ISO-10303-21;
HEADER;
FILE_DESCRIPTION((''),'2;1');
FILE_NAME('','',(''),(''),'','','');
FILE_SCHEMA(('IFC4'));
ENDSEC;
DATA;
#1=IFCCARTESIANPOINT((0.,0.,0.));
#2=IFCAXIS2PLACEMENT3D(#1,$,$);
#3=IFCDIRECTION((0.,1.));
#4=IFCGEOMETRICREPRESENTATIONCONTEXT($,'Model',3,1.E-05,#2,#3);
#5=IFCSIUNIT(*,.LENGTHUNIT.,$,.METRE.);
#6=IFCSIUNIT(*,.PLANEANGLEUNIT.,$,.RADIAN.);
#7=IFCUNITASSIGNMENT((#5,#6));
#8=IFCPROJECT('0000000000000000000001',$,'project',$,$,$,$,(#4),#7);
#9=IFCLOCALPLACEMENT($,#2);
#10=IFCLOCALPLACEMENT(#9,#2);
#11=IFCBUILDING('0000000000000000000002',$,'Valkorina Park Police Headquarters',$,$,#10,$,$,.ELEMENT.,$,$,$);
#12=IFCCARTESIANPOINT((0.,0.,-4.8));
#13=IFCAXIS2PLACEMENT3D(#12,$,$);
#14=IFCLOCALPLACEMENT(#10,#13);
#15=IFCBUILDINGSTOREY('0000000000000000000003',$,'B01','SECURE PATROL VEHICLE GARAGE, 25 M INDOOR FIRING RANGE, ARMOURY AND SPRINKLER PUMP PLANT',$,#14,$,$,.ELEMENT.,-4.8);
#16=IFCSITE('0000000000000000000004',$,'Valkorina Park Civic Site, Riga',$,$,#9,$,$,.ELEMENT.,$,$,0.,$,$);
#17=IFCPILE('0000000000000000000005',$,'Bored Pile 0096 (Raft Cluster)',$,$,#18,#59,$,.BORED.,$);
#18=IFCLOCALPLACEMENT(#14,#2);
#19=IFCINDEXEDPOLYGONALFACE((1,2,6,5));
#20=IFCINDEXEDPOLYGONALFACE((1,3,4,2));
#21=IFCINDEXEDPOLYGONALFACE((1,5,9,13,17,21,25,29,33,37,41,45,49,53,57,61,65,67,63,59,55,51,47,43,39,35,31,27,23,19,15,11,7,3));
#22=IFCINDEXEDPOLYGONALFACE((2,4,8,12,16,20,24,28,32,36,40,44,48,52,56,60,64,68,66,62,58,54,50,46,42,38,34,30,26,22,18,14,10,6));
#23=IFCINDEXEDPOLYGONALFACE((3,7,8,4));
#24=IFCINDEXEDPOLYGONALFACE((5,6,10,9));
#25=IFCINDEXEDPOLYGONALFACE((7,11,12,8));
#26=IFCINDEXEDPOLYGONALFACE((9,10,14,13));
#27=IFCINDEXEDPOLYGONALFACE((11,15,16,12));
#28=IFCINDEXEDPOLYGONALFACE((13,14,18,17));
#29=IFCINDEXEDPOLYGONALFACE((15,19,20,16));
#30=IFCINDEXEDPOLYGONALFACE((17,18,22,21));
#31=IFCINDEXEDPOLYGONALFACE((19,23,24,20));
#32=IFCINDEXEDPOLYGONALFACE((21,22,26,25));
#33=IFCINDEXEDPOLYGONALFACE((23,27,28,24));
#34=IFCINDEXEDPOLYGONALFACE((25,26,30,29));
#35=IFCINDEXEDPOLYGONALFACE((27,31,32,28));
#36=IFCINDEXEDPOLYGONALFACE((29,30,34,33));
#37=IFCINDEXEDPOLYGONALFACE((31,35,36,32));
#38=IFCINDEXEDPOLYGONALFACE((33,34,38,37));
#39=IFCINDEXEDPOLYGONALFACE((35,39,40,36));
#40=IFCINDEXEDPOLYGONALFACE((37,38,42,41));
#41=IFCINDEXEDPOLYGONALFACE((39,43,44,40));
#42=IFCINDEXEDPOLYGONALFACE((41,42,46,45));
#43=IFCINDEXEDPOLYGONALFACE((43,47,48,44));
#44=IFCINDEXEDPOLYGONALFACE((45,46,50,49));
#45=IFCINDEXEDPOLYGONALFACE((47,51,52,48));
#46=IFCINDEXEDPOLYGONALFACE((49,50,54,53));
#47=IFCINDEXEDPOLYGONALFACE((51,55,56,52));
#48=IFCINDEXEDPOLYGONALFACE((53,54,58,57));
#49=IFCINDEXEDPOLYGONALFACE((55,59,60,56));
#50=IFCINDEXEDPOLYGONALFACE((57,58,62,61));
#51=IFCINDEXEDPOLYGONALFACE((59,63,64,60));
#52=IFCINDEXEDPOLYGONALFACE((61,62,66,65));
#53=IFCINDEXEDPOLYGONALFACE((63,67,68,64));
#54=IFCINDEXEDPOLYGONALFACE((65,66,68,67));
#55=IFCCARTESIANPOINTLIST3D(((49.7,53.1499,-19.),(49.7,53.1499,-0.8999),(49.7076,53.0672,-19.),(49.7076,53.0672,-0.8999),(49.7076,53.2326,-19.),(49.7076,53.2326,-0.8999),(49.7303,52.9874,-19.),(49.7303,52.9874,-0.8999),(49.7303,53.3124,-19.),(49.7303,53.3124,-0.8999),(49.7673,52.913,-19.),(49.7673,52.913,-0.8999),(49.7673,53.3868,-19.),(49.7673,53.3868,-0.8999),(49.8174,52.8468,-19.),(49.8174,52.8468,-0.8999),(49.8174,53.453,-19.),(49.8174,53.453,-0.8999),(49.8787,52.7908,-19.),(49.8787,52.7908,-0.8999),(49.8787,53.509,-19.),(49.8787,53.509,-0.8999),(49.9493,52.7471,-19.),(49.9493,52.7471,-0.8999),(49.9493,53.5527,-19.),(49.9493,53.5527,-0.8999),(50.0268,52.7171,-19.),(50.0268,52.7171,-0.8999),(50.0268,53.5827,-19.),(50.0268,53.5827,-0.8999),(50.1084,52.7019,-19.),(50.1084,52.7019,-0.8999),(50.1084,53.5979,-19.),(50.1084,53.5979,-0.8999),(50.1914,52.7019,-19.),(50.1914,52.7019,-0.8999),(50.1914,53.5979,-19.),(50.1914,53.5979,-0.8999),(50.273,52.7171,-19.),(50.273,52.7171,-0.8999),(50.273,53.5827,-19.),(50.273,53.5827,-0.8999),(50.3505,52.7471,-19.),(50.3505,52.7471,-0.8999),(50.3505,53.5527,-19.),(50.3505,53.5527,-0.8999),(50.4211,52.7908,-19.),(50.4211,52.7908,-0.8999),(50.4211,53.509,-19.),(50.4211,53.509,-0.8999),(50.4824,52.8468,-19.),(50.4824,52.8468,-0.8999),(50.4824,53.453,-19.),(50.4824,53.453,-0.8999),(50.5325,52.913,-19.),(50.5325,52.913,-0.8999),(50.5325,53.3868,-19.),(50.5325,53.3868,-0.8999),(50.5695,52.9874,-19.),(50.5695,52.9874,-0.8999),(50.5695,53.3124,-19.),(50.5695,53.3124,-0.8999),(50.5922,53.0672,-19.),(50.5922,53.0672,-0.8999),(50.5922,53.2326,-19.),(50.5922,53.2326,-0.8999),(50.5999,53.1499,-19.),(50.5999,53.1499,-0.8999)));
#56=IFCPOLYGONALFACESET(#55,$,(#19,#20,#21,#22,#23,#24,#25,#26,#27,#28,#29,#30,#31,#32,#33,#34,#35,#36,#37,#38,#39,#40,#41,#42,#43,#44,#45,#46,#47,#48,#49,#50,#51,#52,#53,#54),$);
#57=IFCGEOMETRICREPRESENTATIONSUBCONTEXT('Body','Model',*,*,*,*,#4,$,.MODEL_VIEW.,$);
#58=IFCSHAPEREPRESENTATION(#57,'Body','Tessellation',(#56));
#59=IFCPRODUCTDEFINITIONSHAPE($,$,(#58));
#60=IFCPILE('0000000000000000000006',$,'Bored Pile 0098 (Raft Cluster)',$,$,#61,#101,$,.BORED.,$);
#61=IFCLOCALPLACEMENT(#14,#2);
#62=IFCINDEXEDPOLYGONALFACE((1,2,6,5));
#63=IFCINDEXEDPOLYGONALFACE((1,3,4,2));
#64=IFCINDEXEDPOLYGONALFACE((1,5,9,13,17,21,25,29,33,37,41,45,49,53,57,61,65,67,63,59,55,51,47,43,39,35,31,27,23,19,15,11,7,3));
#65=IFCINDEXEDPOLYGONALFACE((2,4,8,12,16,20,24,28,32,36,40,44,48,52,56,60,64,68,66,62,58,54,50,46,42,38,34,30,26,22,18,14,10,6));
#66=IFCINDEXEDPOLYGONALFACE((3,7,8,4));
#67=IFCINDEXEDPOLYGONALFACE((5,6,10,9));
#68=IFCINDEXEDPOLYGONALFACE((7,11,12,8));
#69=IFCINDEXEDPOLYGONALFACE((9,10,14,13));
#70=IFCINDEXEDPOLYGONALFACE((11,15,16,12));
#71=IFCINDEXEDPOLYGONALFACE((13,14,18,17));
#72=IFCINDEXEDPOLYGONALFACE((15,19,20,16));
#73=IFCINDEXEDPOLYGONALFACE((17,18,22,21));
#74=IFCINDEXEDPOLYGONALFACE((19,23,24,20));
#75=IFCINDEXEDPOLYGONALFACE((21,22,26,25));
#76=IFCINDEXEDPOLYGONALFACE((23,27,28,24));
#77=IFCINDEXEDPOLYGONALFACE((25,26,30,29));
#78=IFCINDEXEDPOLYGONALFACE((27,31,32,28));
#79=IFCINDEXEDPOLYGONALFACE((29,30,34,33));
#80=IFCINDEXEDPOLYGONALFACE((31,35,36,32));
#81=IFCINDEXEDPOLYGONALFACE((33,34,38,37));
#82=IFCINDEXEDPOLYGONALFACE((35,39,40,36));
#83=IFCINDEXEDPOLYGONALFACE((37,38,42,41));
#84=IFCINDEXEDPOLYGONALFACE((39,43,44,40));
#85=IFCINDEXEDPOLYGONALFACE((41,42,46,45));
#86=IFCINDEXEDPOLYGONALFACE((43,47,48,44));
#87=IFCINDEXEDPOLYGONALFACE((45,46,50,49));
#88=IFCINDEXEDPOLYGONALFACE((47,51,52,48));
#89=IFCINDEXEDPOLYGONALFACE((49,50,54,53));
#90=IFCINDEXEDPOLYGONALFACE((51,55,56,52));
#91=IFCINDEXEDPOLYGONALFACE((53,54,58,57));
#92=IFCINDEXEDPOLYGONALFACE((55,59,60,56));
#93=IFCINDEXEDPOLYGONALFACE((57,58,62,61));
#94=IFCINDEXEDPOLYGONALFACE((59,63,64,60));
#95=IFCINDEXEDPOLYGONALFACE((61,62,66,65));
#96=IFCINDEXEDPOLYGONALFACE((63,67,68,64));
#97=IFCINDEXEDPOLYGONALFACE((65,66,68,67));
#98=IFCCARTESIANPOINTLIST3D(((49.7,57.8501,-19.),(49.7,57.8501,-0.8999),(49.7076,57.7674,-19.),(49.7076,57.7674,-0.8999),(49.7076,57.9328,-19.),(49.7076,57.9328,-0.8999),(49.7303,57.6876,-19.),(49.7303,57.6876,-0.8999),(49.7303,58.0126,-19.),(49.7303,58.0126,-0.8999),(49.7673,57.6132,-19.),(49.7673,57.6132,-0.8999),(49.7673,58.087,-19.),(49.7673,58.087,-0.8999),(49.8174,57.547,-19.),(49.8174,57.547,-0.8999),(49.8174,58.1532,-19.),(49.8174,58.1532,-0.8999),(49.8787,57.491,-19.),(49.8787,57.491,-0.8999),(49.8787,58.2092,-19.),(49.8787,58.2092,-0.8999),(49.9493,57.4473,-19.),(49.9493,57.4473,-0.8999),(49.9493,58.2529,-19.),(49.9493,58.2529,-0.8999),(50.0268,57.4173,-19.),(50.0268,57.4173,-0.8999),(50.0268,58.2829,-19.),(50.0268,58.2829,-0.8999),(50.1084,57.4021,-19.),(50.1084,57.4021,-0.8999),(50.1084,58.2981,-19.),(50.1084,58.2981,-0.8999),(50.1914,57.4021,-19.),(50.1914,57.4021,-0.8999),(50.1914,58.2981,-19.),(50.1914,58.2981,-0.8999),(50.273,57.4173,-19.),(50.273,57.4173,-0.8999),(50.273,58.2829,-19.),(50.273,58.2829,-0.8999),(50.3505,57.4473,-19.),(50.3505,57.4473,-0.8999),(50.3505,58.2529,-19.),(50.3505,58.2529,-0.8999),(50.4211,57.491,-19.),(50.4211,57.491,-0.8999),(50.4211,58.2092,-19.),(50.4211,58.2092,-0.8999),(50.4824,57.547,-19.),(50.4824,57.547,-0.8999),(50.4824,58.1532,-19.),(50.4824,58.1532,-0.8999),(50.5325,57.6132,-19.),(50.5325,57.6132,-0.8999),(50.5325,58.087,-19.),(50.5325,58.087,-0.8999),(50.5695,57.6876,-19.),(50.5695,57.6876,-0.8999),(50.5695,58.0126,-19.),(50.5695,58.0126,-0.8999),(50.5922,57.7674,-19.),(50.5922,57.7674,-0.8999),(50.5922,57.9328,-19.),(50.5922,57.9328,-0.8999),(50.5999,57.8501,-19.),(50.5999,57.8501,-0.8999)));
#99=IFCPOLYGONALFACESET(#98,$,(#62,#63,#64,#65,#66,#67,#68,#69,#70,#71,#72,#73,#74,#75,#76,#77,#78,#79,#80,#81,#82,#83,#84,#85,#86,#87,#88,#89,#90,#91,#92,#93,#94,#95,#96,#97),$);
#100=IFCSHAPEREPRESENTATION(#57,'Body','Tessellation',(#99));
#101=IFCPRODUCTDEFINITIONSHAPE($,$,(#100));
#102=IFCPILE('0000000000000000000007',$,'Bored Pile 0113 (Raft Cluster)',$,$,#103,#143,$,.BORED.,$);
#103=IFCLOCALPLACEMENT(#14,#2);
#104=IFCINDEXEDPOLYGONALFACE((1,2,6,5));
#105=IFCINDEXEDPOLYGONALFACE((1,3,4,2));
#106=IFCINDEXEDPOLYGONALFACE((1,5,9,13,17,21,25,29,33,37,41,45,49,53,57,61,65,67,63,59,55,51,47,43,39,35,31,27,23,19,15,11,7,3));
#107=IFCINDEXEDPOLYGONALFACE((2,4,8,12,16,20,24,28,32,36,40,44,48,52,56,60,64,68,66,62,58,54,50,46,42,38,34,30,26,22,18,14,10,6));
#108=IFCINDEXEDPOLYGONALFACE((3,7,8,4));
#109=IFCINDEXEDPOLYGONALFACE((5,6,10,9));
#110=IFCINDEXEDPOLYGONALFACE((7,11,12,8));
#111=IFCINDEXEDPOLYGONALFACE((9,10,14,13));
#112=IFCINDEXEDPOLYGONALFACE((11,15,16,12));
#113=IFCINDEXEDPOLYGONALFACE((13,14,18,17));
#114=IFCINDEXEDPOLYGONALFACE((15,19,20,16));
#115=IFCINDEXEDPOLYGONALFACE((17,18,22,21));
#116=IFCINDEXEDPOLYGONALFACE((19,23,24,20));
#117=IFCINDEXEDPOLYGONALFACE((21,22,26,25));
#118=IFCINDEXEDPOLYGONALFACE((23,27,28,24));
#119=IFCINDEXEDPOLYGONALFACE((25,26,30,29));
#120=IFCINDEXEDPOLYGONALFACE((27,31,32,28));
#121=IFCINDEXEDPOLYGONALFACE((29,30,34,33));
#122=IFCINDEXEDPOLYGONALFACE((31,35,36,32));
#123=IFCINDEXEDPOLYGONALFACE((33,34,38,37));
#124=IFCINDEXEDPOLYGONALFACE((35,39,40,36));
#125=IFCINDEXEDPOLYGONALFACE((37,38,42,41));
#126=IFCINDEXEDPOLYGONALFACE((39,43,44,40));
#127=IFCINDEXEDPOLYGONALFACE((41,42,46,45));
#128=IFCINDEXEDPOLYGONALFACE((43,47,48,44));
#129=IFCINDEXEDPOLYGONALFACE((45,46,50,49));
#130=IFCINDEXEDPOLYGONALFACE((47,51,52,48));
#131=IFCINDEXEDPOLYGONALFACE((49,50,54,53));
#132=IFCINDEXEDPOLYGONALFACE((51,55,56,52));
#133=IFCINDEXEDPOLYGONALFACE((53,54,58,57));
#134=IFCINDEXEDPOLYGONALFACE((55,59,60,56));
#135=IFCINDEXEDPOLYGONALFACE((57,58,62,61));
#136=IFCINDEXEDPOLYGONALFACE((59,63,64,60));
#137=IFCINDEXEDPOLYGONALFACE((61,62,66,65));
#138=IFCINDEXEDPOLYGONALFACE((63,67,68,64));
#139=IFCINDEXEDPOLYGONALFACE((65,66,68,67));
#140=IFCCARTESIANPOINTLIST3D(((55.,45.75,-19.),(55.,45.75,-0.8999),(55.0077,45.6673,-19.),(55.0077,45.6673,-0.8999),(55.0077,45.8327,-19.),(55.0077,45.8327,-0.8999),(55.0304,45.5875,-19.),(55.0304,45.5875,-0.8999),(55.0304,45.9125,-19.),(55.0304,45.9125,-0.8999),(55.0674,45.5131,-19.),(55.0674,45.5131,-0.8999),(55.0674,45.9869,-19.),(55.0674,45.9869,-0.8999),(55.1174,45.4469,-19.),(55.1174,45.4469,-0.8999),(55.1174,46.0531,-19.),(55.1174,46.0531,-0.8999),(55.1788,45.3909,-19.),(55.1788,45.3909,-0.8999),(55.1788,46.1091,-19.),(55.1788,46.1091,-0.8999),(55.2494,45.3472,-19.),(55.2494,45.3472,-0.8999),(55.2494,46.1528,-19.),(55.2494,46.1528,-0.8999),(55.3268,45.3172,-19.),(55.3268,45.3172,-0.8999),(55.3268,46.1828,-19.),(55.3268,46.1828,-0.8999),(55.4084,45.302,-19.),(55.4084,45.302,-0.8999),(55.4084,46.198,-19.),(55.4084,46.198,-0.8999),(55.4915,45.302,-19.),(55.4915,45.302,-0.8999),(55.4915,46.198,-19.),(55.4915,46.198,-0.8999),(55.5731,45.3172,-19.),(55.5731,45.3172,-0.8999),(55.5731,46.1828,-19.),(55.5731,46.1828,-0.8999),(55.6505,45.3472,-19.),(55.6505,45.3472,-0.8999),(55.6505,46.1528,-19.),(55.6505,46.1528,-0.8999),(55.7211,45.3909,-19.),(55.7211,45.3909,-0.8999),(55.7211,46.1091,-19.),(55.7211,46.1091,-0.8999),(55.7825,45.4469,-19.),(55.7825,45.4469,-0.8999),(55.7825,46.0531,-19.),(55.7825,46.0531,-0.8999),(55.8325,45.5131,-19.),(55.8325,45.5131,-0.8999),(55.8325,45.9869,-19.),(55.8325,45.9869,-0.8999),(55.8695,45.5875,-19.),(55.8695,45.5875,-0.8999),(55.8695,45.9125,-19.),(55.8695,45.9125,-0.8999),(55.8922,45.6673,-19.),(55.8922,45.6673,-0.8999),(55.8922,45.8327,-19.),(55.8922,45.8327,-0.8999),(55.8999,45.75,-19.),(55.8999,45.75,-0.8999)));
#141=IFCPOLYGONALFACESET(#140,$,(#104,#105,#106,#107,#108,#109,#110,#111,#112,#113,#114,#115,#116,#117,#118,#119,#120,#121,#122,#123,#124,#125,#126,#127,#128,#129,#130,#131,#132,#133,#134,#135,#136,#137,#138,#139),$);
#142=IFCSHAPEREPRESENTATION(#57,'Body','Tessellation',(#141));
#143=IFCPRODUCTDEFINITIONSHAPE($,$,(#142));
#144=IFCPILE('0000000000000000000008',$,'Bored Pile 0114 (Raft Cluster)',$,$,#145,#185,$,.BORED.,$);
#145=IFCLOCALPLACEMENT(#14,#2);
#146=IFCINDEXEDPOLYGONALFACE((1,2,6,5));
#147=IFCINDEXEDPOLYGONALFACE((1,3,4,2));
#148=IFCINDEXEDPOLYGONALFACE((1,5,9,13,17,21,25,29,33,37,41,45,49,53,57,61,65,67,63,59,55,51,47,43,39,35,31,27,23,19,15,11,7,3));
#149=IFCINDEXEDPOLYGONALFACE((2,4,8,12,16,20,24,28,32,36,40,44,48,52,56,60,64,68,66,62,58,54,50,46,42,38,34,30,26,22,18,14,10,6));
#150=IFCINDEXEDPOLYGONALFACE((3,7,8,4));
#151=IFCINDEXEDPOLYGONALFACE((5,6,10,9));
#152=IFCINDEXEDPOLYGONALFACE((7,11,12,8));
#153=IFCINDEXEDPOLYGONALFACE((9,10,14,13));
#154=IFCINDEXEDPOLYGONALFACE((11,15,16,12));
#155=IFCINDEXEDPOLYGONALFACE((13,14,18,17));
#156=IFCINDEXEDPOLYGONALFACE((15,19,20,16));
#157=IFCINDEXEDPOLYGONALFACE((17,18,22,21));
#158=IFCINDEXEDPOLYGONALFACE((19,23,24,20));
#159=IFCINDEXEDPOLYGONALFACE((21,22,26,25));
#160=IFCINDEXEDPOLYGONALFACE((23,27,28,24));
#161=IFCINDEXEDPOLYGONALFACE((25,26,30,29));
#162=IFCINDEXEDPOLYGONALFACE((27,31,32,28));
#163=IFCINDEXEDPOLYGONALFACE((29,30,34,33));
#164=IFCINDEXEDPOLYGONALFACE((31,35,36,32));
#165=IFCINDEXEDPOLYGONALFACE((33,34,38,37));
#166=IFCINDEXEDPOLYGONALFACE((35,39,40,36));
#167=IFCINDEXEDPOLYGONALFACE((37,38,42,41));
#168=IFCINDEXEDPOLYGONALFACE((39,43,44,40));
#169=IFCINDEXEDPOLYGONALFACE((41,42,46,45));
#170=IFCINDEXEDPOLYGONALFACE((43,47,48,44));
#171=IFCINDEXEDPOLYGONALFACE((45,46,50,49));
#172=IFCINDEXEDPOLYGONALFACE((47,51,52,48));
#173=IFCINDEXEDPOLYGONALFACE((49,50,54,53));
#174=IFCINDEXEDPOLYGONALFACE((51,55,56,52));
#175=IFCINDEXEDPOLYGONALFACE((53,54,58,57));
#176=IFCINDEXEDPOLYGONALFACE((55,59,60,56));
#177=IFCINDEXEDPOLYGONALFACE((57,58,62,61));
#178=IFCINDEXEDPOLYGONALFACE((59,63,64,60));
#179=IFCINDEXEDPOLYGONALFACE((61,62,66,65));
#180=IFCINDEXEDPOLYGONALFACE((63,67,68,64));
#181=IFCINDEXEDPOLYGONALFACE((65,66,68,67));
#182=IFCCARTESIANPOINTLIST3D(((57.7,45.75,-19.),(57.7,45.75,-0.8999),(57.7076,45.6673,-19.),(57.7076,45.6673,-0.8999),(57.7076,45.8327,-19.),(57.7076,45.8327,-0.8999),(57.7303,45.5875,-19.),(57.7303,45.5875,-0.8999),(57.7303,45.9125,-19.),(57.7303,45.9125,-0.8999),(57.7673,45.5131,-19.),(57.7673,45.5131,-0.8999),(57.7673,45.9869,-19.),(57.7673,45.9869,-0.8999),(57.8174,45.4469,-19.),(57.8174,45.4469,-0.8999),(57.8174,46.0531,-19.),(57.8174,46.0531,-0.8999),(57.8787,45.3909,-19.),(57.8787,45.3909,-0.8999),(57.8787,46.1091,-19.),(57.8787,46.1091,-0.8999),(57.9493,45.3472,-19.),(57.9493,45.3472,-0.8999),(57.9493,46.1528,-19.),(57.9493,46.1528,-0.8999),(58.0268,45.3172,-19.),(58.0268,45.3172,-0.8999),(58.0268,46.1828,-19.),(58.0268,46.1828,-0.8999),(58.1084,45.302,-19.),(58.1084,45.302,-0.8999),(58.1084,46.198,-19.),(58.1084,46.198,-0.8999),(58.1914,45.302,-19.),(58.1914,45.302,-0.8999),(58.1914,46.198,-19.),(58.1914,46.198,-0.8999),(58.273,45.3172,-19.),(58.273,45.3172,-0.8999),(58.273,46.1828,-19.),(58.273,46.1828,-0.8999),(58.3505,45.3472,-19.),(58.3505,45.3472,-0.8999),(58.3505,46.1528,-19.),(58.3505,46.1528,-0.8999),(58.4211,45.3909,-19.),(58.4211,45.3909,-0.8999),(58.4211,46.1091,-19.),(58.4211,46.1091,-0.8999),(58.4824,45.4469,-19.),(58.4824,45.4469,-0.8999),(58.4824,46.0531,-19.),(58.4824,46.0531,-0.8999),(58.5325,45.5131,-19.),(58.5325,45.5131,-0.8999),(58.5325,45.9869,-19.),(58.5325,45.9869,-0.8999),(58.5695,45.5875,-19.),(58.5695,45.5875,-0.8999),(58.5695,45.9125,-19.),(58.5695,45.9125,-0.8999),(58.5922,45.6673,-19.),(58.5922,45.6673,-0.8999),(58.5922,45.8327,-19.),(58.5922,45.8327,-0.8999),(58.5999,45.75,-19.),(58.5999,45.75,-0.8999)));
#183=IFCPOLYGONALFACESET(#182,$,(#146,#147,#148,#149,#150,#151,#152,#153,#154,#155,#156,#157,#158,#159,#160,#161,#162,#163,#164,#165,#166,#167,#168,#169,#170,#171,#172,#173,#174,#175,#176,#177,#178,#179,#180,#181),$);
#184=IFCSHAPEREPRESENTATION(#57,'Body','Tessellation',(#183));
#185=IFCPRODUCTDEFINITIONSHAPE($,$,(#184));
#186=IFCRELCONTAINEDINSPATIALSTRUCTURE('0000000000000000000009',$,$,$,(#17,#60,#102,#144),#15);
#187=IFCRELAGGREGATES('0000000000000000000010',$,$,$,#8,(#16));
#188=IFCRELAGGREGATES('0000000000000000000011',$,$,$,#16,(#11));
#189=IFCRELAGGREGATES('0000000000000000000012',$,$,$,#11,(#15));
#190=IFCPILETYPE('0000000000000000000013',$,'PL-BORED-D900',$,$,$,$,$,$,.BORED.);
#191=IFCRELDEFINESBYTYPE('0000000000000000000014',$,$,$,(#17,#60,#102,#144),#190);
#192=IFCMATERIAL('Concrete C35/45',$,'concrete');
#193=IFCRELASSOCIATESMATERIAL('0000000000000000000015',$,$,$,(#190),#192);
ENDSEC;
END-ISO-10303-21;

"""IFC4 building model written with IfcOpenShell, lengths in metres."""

from ifc_helpers import new_model, si_unit, direction, frame, origin, origin_2d, place, context, subcontext, project, spatial, circle, extrude, material, material_profile, profile_set, type_object, element, save


model = new_model("IFC4")

# Units and contexts
model_context = context("Model", 3, precision=1e-05, world=origin(), true_north=direction((0.0, 1.0)))
body_context = subcontext(model_context, "Body", "Model", "MODEL_VIEW")
ifc_project = project(units=[si_unit("LENGTHUNIT", "METRE"), si_unit("PLANEANGLEUNIT", "RADIAN")], contexts=[model_context])

# Site, building, storey
site_placement = place(None, origin())
site = spatial("IfcSite", under=ifc_project, at=site_placement, Name="Valkorina Park Civic Site, Riga", CompositionType="ELEMENT", RefElevation=0.0)
building_placement = place(site_placement, origin())
building = spatial("IfcBuilding", under=site, at=building_placement, Name="Valkorina Park Police Headquarters", CompositionType="ELEMENT")
storey_placement = place(building_placement, frame((0.0, 0.0, -4.8)))
storey = spatial("IfcBuildingStorey", under=building, at=storey_placement, Name="B01", Description="SECURE PATROL VEHICLE GARAGE, 25 M INDOOR FIRING RANGE, ARMOURY AND SPRINKLER PUMP PLANT", CompositionType="ELEMENT", Elevation=-4.8)

# Piles
ifc_material_1 = material(Name="Concrete C35/45", Category="concrete")
ifc_material_profile_1 = material_profile(ifc_material_1, circle(Radius=0.45, at=origin_2d()), Name="BORED PILE D900")
ifc_profile_set_1 = profile_set([ifc_material_profile_1], Name="Concrete C35/45")
pile_type = type_object("IfcPileType", Name="PL-BORED-D900", PredefinedType="BORED", material=ifc_profile_set_1)
for number, where, z_axis, x_axis, name in (
    (1, (50.1499, 53.1499, -0.8999), (0.0, 0.0, -1.0), (1.0, 0.0, 0.0), "Bored Pile 0096 (Raft Cluster)"),
    (2, (50.1499, 57.8501, -0.8999), (0.0, 0.0, -1.0), (1.0, 0.0, 0.0), "Bored Pile 0098 (Raft Cluster)"),
    (3, (55.45, 45.75, -0.8999), (0.0, 0.0, -1.0), (1.0, 0.0, 0.0), "Bored Pile 0113 (Raft Cluster)"),
    (4, (58.1499, 45.75, -0.8999), (0.0, 0.0, -1.0), (1.0, 0.0, 0.0), "Bored Pile 0114 (Raft Cluster)"),
):
    element("IfcPile", number, at=place(storey_placement, frame(where, z_axis=z_axis, x_axis=x_axis)), inside=storey, type_object=pile_type, Name=name, PredefinedType="BORED", context=body_context, shape_type="SweptSolid", body=[
        extrude(circle(Radius=0.45, at=origin_2d()), origin(), (0.0, 0.0, 1.0), 18.1001),
    ])

save(model, "model.ifc")
